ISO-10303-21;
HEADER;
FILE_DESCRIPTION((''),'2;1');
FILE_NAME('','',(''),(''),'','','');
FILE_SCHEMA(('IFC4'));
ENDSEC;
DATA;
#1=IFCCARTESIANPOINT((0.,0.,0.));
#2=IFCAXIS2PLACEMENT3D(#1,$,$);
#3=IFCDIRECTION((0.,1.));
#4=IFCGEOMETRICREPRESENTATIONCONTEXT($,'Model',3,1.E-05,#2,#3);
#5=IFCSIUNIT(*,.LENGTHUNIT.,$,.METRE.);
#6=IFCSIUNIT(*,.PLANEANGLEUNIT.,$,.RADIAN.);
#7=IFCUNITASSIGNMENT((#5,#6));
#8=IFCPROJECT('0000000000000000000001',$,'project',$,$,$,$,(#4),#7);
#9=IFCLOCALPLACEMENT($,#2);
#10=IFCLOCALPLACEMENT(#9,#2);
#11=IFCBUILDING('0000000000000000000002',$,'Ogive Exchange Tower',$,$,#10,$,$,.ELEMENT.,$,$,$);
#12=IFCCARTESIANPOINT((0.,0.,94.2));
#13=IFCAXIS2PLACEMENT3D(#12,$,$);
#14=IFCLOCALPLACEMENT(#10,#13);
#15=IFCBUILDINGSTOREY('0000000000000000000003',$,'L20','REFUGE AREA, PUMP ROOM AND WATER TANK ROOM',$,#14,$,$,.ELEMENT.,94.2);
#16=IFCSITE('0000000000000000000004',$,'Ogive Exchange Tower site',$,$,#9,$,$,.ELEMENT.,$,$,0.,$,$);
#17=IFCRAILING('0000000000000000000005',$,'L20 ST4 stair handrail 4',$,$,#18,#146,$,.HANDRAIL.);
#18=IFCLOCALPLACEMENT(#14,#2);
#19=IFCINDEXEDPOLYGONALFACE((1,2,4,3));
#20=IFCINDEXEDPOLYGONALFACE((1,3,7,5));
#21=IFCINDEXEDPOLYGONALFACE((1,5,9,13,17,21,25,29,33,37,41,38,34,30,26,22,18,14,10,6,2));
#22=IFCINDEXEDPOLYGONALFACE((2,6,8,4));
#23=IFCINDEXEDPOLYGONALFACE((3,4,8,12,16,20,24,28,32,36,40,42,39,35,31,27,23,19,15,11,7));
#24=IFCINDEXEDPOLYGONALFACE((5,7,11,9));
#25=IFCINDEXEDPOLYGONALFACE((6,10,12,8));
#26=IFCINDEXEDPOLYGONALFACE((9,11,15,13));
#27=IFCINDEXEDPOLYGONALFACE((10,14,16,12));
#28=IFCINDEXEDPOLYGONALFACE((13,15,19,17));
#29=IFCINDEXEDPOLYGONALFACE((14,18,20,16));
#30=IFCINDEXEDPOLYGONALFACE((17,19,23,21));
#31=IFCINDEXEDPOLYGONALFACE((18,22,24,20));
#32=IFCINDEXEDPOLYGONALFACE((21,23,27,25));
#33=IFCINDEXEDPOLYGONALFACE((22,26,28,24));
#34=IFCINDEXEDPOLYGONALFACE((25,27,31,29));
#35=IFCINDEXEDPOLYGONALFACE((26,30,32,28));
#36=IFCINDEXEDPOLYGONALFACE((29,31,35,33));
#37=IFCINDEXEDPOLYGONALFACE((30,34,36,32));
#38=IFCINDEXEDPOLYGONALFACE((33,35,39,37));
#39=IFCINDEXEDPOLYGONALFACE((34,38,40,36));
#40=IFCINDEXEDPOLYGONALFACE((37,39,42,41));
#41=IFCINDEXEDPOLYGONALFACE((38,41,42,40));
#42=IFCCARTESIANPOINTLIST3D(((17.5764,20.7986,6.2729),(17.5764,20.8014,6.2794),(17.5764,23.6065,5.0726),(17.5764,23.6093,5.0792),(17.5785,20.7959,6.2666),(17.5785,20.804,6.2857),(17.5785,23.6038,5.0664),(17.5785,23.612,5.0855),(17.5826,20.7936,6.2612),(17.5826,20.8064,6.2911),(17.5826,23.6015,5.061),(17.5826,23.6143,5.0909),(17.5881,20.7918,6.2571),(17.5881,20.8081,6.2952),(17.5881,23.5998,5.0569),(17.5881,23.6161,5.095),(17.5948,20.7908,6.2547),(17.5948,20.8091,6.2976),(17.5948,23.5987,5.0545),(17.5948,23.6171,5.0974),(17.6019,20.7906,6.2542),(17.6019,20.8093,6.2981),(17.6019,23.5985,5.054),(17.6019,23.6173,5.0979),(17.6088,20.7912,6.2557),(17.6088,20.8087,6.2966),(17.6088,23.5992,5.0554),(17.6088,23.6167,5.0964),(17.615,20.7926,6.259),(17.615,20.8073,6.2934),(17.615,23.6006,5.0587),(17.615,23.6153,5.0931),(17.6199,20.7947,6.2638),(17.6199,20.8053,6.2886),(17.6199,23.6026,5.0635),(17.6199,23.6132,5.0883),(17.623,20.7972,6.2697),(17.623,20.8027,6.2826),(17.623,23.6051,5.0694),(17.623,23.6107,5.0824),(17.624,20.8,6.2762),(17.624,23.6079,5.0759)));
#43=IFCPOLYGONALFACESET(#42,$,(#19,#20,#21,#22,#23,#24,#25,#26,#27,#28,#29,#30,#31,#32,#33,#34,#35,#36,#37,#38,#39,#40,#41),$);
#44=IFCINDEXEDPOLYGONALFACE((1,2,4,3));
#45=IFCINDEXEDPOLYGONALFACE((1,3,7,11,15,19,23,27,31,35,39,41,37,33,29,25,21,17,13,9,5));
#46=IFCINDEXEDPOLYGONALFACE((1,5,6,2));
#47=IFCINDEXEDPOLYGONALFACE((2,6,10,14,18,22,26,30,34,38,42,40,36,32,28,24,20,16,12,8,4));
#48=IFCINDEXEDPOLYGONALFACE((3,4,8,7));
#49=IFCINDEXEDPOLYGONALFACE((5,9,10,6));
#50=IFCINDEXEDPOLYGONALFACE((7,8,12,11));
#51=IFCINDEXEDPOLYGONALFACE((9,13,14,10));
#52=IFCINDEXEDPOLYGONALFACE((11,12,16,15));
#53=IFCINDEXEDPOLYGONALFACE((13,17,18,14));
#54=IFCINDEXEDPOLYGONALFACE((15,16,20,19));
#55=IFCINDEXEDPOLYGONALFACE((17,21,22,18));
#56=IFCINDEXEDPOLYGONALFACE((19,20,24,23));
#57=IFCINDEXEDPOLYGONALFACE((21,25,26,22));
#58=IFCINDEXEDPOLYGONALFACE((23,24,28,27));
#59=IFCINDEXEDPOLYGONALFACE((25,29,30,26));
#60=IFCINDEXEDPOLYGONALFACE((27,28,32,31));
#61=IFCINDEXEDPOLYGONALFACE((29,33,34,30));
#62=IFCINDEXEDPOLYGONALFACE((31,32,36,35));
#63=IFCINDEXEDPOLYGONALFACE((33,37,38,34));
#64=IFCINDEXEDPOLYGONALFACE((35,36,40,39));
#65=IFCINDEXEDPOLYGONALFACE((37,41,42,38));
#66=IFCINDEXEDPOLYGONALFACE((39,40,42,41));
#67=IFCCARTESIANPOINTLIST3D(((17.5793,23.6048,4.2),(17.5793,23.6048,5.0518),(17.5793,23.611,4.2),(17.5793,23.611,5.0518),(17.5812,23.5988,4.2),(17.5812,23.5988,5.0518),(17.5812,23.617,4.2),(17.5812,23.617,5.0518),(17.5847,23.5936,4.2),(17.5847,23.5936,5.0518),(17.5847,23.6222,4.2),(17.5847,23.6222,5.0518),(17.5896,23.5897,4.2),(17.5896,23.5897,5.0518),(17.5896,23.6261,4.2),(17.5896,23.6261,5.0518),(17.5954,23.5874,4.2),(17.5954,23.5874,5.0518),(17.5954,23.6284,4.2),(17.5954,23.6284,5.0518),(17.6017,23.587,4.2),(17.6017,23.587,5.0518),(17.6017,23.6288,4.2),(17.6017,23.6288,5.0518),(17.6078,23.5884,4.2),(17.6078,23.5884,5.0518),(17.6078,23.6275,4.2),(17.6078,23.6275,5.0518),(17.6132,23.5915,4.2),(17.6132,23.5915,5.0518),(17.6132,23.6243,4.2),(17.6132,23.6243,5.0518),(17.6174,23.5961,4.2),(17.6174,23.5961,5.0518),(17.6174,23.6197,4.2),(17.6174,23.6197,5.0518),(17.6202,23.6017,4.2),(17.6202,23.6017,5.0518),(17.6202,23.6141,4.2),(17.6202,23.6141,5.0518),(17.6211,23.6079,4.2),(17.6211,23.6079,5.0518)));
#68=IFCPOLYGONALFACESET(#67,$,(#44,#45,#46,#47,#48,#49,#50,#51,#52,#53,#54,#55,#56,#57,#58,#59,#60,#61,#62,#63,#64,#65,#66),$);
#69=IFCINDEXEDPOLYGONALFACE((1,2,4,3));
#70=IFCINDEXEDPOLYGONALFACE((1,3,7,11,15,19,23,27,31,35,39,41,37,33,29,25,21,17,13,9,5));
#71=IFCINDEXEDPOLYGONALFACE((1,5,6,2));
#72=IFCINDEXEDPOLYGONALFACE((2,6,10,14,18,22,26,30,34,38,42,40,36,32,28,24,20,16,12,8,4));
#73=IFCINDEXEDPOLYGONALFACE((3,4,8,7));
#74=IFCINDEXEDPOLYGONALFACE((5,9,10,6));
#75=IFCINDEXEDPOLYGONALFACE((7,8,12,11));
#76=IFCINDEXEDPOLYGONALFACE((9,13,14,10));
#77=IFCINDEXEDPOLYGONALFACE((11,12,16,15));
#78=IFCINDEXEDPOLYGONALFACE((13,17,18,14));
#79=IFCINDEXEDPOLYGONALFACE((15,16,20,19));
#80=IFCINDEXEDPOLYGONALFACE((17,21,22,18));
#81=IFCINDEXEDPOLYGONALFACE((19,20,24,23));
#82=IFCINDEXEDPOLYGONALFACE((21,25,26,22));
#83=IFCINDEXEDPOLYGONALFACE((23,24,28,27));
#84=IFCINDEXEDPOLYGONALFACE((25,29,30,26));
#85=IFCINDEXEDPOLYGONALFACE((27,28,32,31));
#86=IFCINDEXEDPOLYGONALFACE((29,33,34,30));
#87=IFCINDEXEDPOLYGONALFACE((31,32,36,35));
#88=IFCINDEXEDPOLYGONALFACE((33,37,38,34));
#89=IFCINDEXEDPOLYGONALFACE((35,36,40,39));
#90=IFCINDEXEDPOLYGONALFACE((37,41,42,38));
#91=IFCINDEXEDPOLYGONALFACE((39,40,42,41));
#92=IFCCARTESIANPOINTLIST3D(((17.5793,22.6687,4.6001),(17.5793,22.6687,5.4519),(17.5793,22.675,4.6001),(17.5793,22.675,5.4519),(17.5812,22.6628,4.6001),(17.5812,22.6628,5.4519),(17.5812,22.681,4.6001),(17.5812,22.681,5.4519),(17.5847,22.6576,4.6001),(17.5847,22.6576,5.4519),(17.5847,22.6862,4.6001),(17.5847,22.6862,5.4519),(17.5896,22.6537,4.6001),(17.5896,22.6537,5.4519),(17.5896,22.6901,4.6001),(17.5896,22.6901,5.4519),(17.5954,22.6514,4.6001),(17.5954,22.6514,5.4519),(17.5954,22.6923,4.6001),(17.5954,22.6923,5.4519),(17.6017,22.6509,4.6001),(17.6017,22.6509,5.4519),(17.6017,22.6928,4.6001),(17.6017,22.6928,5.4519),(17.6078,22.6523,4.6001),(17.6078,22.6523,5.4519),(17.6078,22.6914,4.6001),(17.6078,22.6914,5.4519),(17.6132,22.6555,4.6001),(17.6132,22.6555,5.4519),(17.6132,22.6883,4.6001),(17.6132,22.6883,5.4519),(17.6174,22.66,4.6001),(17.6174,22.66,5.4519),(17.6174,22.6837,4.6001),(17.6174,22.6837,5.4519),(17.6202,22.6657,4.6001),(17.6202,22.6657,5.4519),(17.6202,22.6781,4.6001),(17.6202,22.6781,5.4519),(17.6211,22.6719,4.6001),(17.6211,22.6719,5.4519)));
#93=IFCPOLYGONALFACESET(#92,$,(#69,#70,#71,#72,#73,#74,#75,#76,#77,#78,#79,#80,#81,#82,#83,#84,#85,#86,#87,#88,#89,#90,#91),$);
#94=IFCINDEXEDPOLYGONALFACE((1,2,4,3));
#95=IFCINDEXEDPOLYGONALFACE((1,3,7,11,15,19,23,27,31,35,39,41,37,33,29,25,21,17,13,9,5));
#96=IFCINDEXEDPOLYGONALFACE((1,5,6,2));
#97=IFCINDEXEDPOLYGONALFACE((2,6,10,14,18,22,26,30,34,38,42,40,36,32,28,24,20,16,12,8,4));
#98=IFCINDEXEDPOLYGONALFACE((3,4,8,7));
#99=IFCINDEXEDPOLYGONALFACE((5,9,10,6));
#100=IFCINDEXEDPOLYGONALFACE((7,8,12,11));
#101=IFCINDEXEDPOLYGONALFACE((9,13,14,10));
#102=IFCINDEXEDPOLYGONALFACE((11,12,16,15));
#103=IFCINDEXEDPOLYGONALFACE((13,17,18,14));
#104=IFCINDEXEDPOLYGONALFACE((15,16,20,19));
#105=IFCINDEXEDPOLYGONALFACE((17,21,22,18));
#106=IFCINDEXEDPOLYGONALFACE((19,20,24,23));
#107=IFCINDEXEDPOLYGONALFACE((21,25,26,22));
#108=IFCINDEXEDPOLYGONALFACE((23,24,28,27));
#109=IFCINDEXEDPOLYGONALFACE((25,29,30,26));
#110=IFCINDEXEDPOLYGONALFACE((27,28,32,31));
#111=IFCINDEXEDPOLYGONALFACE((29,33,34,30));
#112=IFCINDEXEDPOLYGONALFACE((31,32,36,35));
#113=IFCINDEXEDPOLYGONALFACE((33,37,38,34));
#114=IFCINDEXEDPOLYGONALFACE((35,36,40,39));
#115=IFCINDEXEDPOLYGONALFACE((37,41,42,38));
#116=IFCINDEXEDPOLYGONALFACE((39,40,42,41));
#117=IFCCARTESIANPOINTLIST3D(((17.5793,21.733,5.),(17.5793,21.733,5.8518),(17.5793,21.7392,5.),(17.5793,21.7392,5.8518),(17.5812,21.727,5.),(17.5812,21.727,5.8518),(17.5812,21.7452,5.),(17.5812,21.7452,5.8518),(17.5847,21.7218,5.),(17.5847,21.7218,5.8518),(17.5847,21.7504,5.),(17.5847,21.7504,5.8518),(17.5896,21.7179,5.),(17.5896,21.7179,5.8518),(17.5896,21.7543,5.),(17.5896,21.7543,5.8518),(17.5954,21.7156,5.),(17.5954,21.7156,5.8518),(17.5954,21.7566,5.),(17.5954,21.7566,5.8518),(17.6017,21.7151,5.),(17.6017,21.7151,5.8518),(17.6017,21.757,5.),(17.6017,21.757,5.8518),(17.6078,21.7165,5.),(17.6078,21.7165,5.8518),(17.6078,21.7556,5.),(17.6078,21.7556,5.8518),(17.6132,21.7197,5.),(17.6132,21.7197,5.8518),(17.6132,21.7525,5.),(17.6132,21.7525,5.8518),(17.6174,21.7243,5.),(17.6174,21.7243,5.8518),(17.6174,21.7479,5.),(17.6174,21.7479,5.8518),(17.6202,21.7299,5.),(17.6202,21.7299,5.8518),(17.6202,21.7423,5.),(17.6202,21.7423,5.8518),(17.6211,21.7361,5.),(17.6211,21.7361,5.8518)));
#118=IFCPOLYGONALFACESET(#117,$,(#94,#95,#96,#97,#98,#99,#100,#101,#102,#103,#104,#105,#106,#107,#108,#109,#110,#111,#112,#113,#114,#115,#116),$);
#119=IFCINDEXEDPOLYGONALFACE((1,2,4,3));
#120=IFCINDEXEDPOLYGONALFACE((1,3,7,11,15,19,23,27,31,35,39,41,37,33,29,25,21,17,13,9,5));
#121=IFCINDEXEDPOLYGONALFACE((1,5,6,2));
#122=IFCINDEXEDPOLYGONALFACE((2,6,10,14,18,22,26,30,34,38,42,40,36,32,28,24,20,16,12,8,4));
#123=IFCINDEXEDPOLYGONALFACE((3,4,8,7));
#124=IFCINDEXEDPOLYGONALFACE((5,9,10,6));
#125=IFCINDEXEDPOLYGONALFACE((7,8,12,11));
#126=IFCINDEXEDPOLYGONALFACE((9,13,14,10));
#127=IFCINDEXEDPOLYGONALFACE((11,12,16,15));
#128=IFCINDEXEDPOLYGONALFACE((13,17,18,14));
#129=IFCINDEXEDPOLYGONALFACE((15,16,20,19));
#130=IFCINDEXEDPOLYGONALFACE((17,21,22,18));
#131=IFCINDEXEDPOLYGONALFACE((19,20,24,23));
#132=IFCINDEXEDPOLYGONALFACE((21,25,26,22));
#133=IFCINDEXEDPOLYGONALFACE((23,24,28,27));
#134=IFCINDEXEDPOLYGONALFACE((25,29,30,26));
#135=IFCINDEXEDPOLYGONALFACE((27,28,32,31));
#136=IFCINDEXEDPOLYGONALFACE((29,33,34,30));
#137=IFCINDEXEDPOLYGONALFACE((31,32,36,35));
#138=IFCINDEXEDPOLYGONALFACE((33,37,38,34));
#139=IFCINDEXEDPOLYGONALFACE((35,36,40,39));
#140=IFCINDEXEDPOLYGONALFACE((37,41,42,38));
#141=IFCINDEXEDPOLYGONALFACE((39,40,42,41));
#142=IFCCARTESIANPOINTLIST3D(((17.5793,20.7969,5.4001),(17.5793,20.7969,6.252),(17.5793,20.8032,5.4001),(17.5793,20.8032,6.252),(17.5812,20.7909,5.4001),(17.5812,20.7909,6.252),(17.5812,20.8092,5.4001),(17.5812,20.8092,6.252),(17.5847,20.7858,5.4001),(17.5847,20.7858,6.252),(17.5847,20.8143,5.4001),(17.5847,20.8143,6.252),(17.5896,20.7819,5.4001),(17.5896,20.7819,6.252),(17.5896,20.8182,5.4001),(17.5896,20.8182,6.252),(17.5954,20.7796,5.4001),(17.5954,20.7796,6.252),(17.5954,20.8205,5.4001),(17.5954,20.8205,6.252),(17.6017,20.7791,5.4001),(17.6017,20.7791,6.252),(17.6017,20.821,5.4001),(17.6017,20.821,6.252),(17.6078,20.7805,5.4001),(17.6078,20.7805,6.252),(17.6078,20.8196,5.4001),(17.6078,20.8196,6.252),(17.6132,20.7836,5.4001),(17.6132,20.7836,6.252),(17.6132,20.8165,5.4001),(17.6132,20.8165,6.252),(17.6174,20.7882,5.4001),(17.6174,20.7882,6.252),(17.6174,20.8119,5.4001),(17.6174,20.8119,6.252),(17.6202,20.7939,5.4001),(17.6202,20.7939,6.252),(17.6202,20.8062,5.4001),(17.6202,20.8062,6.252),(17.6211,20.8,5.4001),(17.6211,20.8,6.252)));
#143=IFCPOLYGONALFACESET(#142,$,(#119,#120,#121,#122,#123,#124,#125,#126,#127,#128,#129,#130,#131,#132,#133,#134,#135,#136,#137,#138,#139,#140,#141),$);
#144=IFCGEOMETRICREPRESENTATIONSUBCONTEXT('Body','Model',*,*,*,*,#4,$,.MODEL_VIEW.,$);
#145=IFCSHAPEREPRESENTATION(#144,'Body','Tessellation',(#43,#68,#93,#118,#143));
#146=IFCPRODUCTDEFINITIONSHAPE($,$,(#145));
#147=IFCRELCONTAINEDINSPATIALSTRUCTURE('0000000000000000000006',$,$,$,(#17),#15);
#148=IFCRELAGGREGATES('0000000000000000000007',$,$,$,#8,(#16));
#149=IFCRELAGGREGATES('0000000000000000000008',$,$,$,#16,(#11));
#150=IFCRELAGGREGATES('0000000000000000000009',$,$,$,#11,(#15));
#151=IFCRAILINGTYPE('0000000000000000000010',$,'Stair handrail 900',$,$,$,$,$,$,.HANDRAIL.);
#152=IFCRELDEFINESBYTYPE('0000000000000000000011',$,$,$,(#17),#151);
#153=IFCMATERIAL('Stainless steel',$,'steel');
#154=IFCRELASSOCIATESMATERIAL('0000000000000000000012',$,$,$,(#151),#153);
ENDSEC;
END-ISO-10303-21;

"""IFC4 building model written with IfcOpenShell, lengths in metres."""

from ifc_helpers import new_model, si_unit, direction, frame, origin, origin_2d, place, context, subcontext, project, spatial, circle, extrude, material, type_object, element, save


model = new_model("IFC4")

# Units and contexts
model_context = context("Model", 3, precision=1e-05, world=origin(), true_north=direction((0.0, 1.0)))
body_context = subcontext(model_context, "Body", "Model", "MODEL_VIEW")
ifc_project = project(units=[si_unit("LENGTHUNIT", "METRE"), si_unit("PLANEANGLEUNIT", "RADIAN")], contexts=[model_context])

# Site, building, storey
site_placement = place(None, origin())
site = spatial("IfcSite", under=ifc_project, at=site_placement, Name="Ogive Exchange Tower site", CompositionType="ELEMENT", RefElevation=0.0)
building_placement = place(site_placement, origin())
building = spatial("IfcBuilding", under=site, at=building_placement, Name="Ogive Exchange Tower", CompositionType="ELEMENT")
storey_placement = place(building_placement, frame((0.0, 0.0, 94.2)))
storey = spatial("IfcBuildingStorey", under=building, at=storey_placement, Name="L20", Description="REFUGE AREA, PUMP ROOM AND WATER TANK ROOM", CompositionType="ELEMENT", Elevation=94.2)

# Railing
ifc_material_1 = material(Name="Stainless steel", Category="steel")
railing_type = type_object("IfcRailingType", Name="Stair handrail 900", PredefinedType="HANDRAIL", material=ifc_material_1)
railing_1_placement = place(storey_placement, frame((17.6001, 23.6079, 4.2)))
element("IfcRailing", 1, at=railing_1_placement, inside=storey, type_object=railing_type, Name="L20 ST4 stair handrail 4", PredefinedType="HANDRAIL", context=body_context, shape_type="SweptSolid", body=[
    extrude(circle(Radius=0.0239, at=origin_2d()), frame((0.0, 0.0, 0.876), z_axis=(0.0, -0.919521, 0.393041), x_axis=(1.0, 0.0, 0.0)), (0.0, 0.0, 1.0), 3.0537),
    extrude(circle(Radius=0.021, at=origin_2d()), origin(), (0.0, 0.0, 1.0), 0.8518),
    extrude(circle(Radius=0.021, at=origin_2d()), frame((0.0, -0.936, 0.4001)), (0.0, 0.0, 1.0), 0.8518),
    extrude(circle(Radius=0.021, at=origin_2d()), frame((0.0, -1.8718, 0.8)), (0.0, 0.0, 1.0), 0.8518),
    extrude(circle(Radius=0.021, at=origin_2d()), frame((0.0, -2.8079, 1.2002)), (0.0, 0.0, 1.0), 0.8518),
])

save(model, "model.ifc")
